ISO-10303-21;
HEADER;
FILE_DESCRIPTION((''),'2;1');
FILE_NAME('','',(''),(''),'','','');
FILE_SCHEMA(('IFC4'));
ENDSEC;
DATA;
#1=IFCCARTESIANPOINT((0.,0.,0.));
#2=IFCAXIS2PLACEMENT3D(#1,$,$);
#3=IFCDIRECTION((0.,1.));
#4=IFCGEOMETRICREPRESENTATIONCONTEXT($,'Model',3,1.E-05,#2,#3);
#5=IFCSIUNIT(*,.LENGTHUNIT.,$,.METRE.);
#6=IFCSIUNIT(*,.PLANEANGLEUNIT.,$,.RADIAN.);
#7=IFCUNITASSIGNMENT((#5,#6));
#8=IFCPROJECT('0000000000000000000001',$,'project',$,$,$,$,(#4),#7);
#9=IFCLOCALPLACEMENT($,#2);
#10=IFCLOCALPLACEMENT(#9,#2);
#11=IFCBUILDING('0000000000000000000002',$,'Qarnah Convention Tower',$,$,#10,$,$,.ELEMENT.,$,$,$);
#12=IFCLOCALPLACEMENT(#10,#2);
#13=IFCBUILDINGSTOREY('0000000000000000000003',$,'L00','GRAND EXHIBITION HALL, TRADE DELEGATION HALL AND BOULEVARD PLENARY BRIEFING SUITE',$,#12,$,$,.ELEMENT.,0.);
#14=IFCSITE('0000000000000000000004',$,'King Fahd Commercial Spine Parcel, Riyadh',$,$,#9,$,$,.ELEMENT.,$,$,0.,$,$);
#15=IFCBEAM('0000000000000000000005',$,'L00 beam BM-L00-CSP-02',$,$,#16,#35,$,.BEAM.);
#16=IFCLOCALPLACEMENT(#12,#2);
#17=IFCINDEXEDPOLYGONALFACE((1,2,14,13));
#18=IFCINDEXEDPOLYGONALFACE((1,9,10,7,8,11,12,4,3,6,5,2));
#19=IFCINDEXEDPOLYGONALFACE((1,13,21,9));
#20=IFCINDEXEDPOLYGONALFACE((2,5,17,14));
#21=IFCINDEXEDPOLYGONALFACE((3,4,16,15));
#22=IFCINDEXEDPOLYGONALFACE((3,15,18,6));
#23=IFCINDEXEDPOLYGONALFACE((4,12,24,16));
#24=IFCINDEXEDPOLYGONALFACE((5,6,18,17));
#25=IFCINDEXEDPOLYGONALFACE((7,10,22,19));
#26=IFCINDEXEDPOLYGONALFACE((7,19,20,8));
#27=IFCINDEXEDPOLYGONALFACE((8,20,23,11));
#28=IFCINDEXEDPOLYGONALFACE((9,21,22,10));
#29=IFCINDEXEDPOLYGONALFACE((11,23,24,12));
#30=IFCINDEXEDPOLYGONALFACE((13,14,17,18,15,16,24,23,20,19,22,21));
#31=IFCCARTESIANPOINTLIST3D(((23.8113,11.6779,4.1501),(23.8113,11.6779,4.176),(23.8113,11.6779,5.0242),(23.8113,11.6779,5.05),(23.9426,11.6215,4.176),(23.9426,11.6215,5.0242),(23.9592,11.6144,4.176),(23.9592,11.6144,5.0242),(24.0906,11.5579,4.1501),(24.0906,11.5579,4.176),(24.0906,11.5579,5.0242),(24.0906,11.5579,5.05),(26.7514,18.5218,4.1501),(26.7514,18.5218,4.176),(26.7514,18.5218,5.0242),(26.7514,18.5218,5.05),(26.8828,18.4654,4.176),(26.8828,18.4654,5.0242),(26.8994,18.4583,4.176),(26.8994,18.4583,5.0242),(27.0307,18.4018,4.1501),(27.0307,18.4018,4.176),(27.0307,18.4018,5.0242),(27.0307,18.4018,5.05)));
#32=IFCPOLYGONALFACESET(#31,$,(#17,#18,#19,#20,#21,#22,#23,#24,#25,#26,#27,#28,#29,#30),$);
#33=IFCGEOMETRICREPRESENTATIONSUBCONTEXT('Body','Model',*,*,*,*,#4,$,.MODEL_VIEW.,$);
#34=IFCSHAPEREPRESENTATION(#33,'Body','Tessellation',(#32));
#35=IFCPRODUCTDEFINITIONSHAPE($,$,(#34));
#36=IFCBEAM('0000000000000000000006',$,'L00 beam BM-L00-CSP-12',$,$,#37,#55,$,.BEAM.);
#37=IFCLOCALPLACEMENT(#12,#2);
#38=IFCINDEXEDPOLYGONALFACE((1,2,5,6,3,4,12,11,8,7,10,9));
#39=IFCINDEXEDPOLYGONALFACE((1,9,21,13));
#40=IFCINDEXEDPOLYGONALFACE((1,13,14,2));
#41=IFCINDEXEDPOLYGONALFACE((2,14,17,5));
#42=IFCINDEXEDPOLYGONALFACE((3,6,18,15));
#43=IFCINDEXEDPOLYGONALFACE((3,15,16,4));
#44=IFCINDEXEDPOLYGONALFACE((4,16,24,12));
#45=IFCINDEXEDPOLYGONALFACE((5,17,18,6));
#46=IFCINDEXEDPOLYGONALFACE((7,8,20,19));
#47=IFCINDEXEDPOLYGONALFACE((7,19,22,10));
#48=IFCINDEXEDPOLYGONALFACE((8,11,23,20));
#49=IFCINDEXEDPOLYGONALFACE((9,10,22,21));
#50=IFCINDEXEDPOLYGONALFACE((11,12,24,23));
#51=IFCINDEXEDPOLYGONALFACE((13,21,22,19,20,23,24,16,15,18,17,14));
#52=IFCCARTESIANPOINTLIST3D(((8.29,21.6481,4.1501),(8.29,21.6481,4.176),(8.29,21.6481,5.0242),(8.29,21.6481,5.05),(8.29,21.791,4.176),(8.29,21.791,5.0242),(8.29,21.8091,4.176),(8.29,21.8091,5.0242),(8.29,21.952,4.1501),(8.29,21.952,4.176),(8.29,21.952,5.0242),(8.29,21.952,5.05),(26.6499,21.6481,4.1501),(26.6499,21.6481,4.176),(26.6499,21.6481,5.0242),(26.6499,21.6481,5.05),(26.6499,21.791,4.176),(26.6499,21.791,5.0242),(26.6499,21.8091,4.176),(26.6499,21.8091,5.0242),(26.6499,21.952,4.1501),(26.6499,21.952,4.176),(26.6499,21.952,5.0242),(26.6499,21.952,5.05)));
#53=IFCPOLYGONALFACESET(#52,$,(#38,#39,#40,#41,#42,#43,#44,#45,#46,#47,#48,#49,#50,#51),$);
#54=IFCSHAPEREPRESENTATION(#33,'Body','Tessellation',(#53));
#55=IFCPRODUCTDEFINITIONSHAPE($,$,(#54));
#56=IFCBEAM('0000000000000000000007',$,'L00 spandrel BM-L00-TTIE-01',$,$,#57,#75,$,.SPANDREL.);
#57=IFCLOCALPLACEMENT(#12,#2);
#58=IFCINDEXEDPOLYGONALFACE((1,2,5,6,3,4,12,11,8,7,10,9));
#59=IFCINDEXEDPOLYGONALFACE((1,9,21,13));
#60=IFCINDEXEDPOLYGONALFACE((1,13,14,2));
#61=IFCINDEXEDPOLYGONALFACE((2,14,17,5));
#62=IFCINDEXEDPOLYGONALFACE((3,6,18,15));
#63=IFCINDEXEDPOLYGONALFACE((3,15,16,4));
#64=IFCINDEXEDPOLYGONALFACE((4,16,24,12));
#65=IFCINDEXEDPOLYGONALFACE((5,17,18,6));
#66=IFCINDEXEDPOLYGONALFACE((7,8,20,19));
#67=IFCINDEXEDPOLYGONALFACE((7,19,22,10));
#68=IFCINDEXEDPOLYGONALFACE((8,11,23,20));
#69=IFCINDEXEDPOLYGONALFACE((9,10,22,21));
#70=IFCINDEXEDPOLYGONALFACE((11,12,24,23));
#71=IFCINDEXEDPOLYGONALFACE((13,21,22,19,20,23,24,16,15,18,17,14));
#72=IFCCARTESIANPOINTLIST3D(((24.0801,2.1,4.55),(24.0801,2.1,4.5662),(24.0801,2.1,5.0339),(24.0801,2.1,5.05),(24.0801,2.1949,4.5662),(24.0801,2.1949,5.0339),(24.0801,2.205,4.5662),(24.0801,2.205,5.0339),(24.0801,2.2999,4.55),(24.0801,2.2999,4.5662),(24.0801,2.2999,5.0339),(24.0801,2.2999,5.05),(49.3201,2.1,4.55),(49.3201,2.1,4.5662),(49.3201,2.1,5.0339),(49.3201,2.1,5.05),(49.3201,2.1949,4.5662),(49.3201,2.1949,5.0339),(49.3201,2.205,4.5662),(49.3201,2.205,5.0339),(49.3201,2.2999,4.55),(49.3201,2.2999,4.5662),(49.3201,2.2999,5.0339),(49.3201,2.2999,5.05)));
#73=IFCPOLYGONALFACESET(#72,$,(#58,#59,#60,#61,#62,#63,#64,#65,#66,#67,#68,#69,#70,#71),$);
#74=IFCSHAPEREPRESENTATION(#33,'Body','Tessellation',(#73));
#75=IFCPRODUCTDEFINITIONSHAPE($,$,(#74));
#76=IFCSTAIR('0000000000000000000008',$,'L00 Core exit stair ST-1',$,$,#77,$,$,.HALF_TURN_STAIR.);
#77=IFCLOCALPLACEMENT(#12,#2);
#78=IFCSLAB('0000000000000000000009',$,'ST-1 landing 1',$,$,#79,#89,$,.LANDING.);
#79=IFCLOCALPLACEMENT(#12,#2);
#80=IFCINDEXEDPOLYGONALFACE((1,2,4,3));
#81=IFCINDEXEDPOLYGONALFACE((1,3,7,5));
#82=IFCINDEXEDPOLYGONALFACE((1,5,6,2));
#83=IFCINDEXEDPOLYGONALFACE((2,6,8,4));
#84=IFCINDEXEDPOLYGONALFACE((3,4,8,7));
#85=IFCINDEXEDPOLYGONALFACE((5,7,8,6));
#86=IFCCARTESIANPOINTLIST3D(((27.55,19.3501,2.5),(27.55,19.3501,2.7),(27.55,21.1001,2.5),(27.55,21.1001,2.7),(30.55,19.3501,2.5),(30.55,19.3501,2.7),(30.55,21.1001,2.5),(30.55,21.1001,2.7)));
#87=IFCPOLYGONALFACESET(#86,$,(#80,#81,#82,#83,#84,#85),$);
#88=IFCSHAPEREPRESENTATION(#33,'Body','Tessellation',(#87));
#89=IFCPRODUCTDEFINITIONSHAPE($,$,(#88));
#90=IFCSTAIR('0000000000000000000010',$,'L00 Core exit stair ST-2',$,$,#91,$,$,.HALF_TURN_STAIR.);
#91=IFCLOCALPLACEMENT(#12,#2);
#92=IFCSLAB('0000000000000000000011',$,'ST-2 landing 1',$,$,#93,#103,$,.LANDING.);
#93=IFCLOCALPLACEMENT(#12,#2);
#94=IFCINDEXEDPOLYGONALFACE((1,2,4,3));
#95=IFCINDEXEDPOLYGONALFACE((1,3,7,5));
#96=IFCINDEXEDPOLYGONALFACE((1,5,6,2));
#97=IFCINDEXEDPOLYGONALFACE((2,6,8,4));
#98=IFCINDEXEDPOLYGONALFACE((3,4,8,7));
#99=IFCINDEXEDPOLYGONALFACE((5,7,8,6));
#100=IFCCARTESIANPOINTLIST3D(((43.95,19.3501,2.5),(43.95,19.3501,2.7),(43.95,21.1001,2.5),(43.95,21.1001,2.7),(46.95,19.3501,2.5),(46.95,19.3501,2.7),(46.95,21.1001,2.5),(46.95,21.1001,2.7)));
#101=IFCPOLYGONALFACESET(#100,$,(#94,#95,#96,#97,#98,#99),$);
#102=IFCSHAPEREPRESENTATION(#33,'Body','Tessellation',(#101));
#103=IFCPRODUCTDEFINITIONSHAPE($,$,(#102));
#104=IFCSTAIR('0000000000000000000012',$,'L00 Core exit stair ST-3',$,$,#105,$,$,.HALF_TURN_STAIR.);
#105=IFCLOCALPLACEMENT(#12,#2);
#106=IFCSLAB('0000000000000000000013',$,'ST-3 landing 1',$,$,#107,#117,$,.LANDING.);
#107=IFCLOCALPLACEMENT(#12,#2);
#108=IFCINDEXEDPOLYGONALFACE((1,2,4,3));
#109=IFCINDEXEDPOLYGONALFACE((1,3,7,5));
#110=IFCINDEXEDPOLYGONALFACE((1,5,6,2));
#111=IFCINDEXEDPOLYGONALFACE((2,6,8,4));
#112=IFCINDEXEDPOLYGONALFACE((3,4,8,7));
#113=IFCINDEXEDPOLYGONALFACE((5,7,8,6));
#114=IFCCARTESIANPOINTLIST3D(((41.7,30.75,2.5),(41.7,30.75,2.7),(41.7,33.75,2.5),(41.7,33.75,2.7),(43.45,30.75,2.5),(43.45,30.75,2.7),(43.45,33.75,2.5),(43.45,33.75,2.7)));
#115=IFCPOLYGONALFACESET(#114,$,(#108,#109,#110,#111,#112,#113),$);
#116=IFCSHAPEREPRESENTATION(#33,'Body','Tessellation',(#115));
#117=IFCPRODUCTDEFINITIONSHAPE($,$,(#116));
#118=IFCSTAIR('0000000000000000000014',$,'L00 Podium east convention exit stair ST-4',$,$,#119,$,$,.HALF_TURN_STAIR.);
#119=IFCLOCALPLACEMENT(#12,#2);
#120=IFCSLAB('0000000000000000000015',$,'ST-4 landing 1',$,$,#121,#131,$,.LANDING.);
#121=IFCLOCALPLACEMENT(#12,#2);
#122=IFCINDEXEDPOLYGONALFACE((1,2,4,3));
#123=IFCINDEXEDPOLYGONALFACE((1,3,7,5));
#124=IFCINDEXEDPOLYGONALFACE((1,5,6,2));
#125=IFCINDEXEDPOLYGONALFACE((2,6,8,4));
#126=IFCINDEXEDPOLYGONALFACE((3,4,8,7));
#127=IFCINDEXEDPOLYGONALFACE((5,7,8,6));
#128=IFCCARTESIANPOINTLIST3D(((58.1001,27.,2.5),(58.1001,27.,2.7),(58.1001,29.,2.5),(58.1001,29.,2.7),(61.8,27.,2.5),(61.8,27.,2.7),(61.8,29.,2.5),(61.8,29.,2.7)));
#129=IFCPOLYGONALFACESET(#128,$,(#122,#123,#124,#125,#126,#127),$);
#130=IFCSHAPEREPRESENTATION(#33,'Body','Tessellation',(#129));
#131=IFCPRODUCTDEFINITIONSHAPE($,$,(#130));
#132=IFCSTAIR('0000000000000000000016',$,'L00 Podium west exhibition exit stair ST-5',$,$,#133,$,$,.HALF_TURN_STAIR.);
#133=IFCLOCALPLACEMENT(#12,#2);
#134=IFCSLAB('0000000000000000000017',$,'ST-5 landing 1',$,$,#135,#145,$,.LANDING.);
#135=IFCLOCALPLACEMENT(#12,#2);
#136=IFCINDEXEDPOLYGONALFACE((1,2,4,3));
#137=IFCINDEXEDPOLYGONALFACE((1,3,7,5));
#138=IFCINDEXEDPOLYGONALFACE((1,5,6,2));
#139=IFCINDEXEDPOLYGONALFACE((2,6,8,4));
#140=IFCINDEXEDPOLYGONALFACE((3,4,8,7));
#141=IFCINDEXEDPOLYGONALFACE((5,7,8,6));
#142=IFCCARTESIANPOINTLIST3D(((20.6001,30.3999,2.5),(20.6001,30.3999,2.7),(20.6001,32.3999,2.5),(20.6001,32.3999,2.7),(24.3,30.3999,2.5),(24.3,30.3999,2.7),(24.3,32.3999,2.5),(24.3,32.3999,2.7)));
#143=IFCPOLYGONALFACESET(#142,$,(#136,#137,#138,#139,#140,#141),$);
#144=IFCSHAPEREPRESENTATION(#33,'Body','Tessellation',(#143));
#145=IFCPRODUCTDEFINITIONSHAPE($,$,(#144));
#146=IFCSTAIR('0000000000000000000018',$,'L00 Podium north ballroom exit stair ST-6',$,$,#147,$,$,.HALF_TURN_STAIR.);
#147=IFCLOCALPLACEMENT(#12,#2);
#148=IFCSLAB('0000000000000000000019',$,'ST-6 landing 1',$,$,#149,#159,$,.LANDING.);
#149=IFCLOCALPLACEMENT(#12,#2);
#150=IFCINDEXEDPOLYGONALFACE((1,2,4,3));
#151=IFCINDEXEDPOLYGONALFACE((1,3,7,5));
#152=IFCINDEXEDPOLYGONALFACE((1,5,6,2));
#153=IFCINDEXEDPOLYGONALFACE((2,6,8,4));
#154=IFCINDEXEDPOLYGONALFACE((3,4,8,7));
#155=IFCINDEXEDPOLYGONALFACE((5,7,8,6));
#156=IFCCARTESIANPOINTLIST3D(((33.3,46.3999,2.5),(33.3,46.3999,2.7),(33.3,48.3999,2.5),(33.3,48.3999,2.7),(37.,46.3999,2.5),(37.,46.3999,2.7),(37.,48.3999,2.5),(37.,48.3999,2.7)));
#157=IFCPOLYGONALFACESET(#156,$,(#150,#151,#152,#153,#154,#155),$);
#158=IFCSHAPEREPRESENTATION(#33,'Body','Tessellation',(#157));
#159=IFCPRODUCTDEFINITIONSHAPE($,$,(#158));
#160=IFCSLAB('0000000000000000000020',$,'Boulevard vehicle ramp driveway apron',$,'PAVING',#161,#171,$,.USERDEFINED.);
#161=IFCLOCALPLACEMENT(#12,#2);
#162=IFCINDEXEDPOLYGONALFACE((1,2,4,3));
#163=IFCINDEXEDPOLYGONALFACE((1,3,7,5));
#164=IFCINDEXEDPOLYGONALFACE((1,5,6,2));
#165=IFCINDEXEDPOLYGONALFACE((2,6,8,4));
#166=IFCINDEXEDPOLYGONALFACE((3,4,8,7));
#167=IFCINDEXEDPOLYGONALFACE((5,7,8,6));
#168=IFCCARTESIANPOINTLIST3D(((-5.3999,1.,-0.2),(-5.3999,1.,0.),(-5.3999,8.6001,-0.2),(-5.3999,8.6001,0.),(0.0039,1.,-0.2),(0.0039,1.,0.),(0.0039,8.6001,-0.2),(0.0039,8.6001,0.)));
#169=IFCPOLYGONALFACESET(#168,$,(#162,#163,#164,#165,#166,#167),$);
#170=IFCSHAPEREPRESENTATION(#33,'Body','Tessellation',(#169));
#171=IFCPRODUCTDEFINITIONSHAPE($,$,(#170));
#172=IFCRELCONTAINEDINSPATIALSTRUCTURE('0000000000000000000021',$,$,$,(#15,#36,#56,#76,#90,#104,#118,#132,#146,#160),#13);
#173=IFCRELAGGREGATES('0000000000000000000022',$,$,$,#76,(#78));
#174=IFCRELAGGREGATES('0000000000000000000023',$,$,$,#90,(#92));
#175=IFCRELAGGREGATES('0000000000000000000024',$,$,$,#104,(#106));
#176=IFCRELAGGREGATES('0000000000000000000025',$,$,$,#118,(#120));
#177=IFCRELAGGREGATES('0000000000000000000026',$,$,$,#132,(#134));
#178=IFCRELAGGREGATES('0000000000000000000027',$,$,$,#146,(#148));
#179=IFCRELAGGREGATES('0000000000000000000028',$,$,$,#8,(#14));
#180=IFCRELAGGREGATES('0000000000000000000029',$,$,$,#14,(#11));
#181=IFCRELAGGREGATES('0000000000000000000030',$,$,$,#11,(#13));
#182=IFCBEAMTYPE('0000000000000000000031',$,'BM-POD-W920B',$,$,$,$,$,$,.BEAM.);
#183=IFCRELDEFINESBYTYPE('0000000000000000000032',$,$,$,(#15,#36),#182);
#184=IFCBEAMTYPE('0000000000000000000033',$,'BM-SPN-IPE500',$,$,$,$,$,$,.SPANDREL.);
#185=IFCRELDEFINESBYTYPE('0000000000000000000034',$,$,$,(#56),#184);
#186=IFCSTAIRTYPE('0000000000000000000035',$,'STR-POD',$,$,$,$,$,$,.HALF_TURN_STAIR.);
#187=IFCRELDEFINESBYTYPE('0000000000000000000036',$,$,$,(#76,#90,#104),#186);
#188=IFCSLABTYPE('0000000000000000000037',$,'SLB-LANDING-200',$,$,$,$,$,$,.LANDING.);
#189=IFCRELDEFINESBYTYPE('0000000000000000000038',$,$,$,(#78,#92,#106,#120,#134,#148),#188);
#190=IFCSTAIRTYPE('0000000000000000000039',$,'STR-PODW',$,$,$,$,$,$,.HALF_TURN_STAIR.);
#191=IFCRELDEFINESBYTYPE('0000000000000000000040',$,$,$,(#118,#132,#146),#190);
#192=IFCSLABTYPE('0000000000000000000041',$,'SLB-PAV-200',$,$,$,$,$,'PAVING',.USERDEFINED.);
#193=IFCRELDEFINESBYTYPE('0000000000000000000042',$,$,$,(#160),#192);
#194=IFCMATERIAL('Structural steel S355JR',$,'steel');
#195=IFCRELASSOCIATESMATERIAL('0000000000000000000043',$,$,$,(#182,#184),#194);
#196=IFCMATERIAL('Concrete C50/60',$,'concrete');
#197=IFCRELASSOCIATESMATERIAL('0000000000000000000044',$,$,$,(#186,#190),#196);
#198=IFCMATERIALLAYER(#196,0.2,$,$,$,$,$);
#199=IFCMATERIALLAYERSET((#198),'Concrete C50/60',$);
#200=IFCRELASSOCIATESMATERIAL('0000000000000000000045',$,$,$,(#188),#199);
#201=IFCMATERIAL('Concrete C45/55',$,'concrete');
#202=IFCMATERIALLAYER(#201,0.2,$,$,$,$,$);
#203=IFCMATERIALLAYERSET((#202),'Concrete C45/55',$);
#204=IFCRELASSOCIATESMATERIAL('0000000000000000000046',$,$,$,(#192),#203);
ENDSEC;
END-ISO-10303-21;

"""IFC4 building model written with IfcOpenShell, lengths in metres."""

from ifc_helpers import new_model, si_unit, direction, frame, origin, origin_2d, place, context, subcontext, project, spatial, polyline, i_section, outline, extrude, material, layer, layer_set, material_profile, profile_set, type_object, element, aggregate, save


model = new_model("IFC4")

# Units and contexts
model_context = context("Model", 3, precision=1e-05, world=origin(), true_north=direction((0.0, 1.0)))
body_context = subcontext(model_context, "Body", "Model", "MODEL_VIEW")
ifc_project = project(units=[si_unit("LENGTHUNIT", "METRE"), si_unit("PLANEANGLEUNIT", "RADIAN")], contexts=[model_context])

# Site, building, storey
site_placement = place(None, origin())
site = spatial("IfcSite", under=ifc_project, at=site_placement, Name="King Fahd Commercial Spine Parcel, Riyadh", CompositionType="ELEMENT", RefElevation=0.0)
building_placement = place(site_placement, origin())
building = spatial("IfcBuilding", under=site, at=building_placement, Name="Qarnah Convention Tower", CompositionType="ELEMENT")
storey_placement = place(building_placement, origin())
storey = spatial("IfcBuildingStorey", under=building, at=storey_placement, Name="L00", Description="GRAND EXHIBITION HALL, TRADE DELEGATION HALL AND BOULEVARD PLENARY BRIEFING SUITE", CompositionType="ELEMENT", Elevation=0.0)

# Beams
ifc_material_1 = material(Name="Structural steel S355JR", Category="steel")
ifc_material_profile_1 = material_profile(ifc_material_1, i_section(OverallWidth=0.304, OverallDepth=0.8999, WebThickness=0.0181, FlangeThickness=0.0259, at=origin_2d()), Name="W920X271")
ifc_profile_set_1 = profile_set([ifc_material_profile_1], Name="Structural steel S355JR")
beam_type_1 = type_object("IfcBeamType", Name="BM-POD-W920B", PredefinedType="BEAM", material=ifc_profile_set_1)
beam_1_placement = place(storey_placement, frame((23.9509, 11.6179, 4.6001), z_axis=(0.394718, 0.918802, 0.0), x_axis=(-0.918802, 0.394718, 0.0)))
element("IfcBeam", 1, at=beam_1_placement, inside=storey, type_object=beam_type_1, Name="L00 beam BM-L00-CSP-02", PredefinedType="BEAM", context=body_context, shape_type="SweptSolid", body=[
    extrude(i_section(OverallWidth=0.304, OverallDepth=0.8999, WebThickness=0.0181, FlangeThickness=0.0259, at=origin_2d()), origin(), (0.0, 0.0, 1.0), 7.4487),
])
beam_2_placement = place(storey_placement, frame((8.29, 21.8, 4.6001), z_axis=(1.0, 0.0, 0.0), x_axis=(0.0, 1.0, 0.0)))
element("IfcBeam", 2, at=beam_2_placement, inside=storey, type_object=beam_type_1, Name="L00 beam BM-L00-CSP-12", PredefinedType="BEAM", context=body_context, shape_type="SweptSolid", body=[
    extrude(i_section(OverallWidth=0.304, OverallDepth=0.8999, WebThickness=0.0181, FlangeThickness=0.0259, at=origin_2d()), origin(), (0.0, 0.0, 1.0), 18.3599),
])
ifc_material_profile_2 = material_profile(ifc_material_1, i_section(OverallWidth=0.2, OverallDepth=0.5, WebThickness=0.01, FlangeThickness=0.0161, at=origin_2d()), Name="IPE500")
ifc_profile_set_2 = profile_set([ifc_material_profile_2], Name="Structural steel S355JR")
beam_type_2 = type_object("IfcBeamType", Name="BM-SPN-IPE500", PredefinedType="SPANDREL", material=ifc_profile_set_2)
beam_3_placement = place(storey_placement, frame((24.0801, 2.2, 4.8), z_axis=(1.0, 0.0, 0.0), x_axis=(0.0, 1.0, 0.0)))
element("IfcBeam", 3, at=beam_3_placement, inside=storey, type_object=beam_type_2, Name="L00 spandrel BM-L00-TTIE-01", PredefinedType="SPANDREL", context=body_context, shape_type="SweptSolid", body=[
    extrude(i_section(OverallWidth=0.2, OverallDepth=0.5, WebThickness=0.01, FlangeThickness=0.0161, at=origin_2d()), origin(), (0.0, 0.0, 1.0), 25.24),
])

# Stairs, slabs
ifc_material_2 = material(Name="Concrete C50/60", Category="concrete")
stair_type_1 = type_object("IfcStairType", Name="STR-POD", PredefinedType="HALF_TURN_STAIR", material=ifc_material_2)
stair_1_placement = place(storey_placement, origin())
stair_1 = element("IfcStair", 4, at=stair_1_placement, inside=storey, type_object=stair_type_1, Name="L00 Core exit stair ST-1", PredefinedType="HALF_TURN_STAIR")
ifc_layer_1 = layer(ifc_material_2, 0.2)
ifc_layer_set_1 = layer_set([ifc_layer_1], Name="Concrete C50/60")
slab_type_1 = type_object("IfcSlabType", Name="SLB-LANDING-200", PredefinedType="LANDING", material=ifc_layer_set_1)
slab_1_placement = place(storey_placement, frame((0.0, 0.0, 2.5)))
slab_1 = element("IfcSlab", 5, at=slab_1_placement, type_object=slab_type_1, Name="ST-1 landing 1", PredefinedType="LANDING", context=body_context, shape_type="SweptSolid", body=[
    extrude(outline(polyline([(27.55, 21.1001), (27.55, 19.3501), (30.55, 19.3501), (30.55, 21.1001), (27.55, 21.1001)])), origin(), (0.0, 0.0, 1.0), 0.2),
])
aggregate(stair_1, [slab_1])
stair_2_placement = place(storey_placement, origin())
stair_2 = element("IfcStair", 6, at=stair_2_placement, inside=storey, type_object=stair_type_1, Name="L00 Core exit stair ST-2", PredefinedType="HALF_TURN_STAIR")
slab_2_placement = place(storey_placement, frame((0.0, 0.0, 2.5)))
slab_2 = element("IfcSlab", 7, at=slab_2_placement, type_object=slab_type_1, Name="ST-2 landing 1", PredefinedType="LANDING", context=body_context, shape_type="SweptSolid", body=[
    extrude(outline(polyline([(43.95, 21.1001), (43.95, 19.3501), (46.95, 19.3501), (46.95, 21.1001), (43.95, 21.1001)])), origin(), (0.0, 0.0, 1.0), 0.2),
])
aggregate(stair_2, [slab_2])
stair_3_placement = place(storey_placement, origin())
stair_3 = element("IfcStair", 8, at=stair_3_placement, inside=storey, type_object=stair_type_1, Name="L00 Core exit stair ST-3", PredefinedType="HALF_TURN_STAIR")
slab_3_placement = place(storey_placement, frame((0.0, 0.0, 2.5)))
slab_3 = element("IfcSlab", 9, at=slab_3_placement, type_object=slab_type_1, Name="ST-3 landing 1", PredefinedType="LANDING", context=body_context, shape_type="SweptSolid", body=[
    extrude(outline(polyline([(41.7, 30.75), (43.45, 30.75), (43.45, 33.75), (41.7, 33.75), (41.7, 30.75)])), origin(), (0.0, 0.0, 1.0), 0.2),
])
aggregate(stair_3, [slab_3])
stair_type_2 = type_object("IfcStairType", Name="STR-PODW", PredefinedType="HALF_TURN_STAIR", material=ifc_material_2)
stair_4_placement = place(storey_placement, origin())
stair_4 = element("IfcStair", 10, at=stair_4_placement, inside=storey, type_object=stair_type_2, Name="L00 Podium east convention exit stair ST-4", PredefinedType="HALF_TURN_STAIR")
slab_4_placement = place(storey_placement, frame((0.0, 0.0, 2.5)))
slab_4 = element("IfcSlab", 11, at=slab_4_placement, type_object=slab_type_1, Name="ST-4 landing 1", PredefinedType="LANDING", context=body_context, shape_type="SweptSolid", body=[
    extrude(outline(polyline([(61.8, 27.0), (61.8, 29.0), (58.1001, 29.0), (58.1001, 27.0), (61.8, 27.0)])), origin(), (0.0, 0.0, 1.0), 0.2),
])
aggregate(stair_4, [slab_4])
stair_5_placement = place(storey_placement, origin())
stair_5 = element("IfcStair", 12, at=stair_5_placement, inside=storey, type_object=stair_type_2, Name="L00 Podium west exhibition exit stair ST-5", PredefinedType="HALF_TURN_STAIR")
slab_5_placement = place(storey_placement, frame((0.0, 0.0, 2.5)))
slab_5 = element("IfcSlab", 13, at=slab_5_placement, type_object=slab_type_1, Name="ST-5 landing 1", PredefinedType="LANDING", context=body_context, shape_type="SweptSolid", body=[
    extrude(outline(polyline([(24.3, 30.3999), (24.3, 32.3999), (20.6001, 32.3999), (20.6001, 30.3999), (24.3, 30.3999)])), origin(), (0.0, 0.0, 1.0), 0.2),
])
aggregate(stair_5, [slab_5])
stair_6_placement = place(storey_placement, origin())
stair_6 = element("IfcStair", 14, at=stair_6_placement, inside=storey, type_object=stair_type_2, Name="L00 Podium north ballroom exit stair ST-6", PredefinedType="HALF_TURN_STAIR")
slab_6_placement = place(storey_placement, frame((0.0, 0.0, 2.5)))
slab_6 = element("IfcSlab", 15, at=slab_6_placement, type_object=slab_type_1, Name="ST-6 landing 1", PredefinedType="LANDING", context=body_context, shape_type="SweptSolid", body=[
    extrude(outline(polyline([(37.0, 46.3999), (37.0, 48.3999), (33.3, 48.3999), (33.3, 46.3999), (37.0, 46.3999)])), origin(), (0.0, 0.0, 1.0), 0.2),
])
aggregate(stair_6, [slab_6])

# Slab
ifc_material_3 = material(Name="Concrete C45/55", Category="concrete")
ifc_layer_2 = layer(ifc_material_3, 0.2)
ifc_layer_set_2 = layer_set([ifc_layer_2], Name="Concrete C45/55")
slab_type_2 = type_object("IfcSlabType", Name="SLB-PAV-200", ElementType="PAVING", PredefinedType="USERDEFINED", material=ifc_layer_set_2)
slab_7_placement = place(storey_placement, frame((0.0, 0.0, -0.2)))
element("IfcSlab", 16, at=slab_7_placement, inside=storey, type_object=slab_type_2, Name="Boulevard vehicle ramp driveway apron", ObjectType="PAVING", PredefinedType="USERDEFINED", context=body_context, shape_type="SweptSolid", body=[
    extrude(outline(polyline([(-5.3999, 1.0), (0.0039, 1.0), (0.0039, 8.6001), (-5.3999, 8.6001), (-5.3999, 1.0)])), origin(), (0.0, 0.0, 1.0), 0.2),
])

save(model, "model.ifc")
